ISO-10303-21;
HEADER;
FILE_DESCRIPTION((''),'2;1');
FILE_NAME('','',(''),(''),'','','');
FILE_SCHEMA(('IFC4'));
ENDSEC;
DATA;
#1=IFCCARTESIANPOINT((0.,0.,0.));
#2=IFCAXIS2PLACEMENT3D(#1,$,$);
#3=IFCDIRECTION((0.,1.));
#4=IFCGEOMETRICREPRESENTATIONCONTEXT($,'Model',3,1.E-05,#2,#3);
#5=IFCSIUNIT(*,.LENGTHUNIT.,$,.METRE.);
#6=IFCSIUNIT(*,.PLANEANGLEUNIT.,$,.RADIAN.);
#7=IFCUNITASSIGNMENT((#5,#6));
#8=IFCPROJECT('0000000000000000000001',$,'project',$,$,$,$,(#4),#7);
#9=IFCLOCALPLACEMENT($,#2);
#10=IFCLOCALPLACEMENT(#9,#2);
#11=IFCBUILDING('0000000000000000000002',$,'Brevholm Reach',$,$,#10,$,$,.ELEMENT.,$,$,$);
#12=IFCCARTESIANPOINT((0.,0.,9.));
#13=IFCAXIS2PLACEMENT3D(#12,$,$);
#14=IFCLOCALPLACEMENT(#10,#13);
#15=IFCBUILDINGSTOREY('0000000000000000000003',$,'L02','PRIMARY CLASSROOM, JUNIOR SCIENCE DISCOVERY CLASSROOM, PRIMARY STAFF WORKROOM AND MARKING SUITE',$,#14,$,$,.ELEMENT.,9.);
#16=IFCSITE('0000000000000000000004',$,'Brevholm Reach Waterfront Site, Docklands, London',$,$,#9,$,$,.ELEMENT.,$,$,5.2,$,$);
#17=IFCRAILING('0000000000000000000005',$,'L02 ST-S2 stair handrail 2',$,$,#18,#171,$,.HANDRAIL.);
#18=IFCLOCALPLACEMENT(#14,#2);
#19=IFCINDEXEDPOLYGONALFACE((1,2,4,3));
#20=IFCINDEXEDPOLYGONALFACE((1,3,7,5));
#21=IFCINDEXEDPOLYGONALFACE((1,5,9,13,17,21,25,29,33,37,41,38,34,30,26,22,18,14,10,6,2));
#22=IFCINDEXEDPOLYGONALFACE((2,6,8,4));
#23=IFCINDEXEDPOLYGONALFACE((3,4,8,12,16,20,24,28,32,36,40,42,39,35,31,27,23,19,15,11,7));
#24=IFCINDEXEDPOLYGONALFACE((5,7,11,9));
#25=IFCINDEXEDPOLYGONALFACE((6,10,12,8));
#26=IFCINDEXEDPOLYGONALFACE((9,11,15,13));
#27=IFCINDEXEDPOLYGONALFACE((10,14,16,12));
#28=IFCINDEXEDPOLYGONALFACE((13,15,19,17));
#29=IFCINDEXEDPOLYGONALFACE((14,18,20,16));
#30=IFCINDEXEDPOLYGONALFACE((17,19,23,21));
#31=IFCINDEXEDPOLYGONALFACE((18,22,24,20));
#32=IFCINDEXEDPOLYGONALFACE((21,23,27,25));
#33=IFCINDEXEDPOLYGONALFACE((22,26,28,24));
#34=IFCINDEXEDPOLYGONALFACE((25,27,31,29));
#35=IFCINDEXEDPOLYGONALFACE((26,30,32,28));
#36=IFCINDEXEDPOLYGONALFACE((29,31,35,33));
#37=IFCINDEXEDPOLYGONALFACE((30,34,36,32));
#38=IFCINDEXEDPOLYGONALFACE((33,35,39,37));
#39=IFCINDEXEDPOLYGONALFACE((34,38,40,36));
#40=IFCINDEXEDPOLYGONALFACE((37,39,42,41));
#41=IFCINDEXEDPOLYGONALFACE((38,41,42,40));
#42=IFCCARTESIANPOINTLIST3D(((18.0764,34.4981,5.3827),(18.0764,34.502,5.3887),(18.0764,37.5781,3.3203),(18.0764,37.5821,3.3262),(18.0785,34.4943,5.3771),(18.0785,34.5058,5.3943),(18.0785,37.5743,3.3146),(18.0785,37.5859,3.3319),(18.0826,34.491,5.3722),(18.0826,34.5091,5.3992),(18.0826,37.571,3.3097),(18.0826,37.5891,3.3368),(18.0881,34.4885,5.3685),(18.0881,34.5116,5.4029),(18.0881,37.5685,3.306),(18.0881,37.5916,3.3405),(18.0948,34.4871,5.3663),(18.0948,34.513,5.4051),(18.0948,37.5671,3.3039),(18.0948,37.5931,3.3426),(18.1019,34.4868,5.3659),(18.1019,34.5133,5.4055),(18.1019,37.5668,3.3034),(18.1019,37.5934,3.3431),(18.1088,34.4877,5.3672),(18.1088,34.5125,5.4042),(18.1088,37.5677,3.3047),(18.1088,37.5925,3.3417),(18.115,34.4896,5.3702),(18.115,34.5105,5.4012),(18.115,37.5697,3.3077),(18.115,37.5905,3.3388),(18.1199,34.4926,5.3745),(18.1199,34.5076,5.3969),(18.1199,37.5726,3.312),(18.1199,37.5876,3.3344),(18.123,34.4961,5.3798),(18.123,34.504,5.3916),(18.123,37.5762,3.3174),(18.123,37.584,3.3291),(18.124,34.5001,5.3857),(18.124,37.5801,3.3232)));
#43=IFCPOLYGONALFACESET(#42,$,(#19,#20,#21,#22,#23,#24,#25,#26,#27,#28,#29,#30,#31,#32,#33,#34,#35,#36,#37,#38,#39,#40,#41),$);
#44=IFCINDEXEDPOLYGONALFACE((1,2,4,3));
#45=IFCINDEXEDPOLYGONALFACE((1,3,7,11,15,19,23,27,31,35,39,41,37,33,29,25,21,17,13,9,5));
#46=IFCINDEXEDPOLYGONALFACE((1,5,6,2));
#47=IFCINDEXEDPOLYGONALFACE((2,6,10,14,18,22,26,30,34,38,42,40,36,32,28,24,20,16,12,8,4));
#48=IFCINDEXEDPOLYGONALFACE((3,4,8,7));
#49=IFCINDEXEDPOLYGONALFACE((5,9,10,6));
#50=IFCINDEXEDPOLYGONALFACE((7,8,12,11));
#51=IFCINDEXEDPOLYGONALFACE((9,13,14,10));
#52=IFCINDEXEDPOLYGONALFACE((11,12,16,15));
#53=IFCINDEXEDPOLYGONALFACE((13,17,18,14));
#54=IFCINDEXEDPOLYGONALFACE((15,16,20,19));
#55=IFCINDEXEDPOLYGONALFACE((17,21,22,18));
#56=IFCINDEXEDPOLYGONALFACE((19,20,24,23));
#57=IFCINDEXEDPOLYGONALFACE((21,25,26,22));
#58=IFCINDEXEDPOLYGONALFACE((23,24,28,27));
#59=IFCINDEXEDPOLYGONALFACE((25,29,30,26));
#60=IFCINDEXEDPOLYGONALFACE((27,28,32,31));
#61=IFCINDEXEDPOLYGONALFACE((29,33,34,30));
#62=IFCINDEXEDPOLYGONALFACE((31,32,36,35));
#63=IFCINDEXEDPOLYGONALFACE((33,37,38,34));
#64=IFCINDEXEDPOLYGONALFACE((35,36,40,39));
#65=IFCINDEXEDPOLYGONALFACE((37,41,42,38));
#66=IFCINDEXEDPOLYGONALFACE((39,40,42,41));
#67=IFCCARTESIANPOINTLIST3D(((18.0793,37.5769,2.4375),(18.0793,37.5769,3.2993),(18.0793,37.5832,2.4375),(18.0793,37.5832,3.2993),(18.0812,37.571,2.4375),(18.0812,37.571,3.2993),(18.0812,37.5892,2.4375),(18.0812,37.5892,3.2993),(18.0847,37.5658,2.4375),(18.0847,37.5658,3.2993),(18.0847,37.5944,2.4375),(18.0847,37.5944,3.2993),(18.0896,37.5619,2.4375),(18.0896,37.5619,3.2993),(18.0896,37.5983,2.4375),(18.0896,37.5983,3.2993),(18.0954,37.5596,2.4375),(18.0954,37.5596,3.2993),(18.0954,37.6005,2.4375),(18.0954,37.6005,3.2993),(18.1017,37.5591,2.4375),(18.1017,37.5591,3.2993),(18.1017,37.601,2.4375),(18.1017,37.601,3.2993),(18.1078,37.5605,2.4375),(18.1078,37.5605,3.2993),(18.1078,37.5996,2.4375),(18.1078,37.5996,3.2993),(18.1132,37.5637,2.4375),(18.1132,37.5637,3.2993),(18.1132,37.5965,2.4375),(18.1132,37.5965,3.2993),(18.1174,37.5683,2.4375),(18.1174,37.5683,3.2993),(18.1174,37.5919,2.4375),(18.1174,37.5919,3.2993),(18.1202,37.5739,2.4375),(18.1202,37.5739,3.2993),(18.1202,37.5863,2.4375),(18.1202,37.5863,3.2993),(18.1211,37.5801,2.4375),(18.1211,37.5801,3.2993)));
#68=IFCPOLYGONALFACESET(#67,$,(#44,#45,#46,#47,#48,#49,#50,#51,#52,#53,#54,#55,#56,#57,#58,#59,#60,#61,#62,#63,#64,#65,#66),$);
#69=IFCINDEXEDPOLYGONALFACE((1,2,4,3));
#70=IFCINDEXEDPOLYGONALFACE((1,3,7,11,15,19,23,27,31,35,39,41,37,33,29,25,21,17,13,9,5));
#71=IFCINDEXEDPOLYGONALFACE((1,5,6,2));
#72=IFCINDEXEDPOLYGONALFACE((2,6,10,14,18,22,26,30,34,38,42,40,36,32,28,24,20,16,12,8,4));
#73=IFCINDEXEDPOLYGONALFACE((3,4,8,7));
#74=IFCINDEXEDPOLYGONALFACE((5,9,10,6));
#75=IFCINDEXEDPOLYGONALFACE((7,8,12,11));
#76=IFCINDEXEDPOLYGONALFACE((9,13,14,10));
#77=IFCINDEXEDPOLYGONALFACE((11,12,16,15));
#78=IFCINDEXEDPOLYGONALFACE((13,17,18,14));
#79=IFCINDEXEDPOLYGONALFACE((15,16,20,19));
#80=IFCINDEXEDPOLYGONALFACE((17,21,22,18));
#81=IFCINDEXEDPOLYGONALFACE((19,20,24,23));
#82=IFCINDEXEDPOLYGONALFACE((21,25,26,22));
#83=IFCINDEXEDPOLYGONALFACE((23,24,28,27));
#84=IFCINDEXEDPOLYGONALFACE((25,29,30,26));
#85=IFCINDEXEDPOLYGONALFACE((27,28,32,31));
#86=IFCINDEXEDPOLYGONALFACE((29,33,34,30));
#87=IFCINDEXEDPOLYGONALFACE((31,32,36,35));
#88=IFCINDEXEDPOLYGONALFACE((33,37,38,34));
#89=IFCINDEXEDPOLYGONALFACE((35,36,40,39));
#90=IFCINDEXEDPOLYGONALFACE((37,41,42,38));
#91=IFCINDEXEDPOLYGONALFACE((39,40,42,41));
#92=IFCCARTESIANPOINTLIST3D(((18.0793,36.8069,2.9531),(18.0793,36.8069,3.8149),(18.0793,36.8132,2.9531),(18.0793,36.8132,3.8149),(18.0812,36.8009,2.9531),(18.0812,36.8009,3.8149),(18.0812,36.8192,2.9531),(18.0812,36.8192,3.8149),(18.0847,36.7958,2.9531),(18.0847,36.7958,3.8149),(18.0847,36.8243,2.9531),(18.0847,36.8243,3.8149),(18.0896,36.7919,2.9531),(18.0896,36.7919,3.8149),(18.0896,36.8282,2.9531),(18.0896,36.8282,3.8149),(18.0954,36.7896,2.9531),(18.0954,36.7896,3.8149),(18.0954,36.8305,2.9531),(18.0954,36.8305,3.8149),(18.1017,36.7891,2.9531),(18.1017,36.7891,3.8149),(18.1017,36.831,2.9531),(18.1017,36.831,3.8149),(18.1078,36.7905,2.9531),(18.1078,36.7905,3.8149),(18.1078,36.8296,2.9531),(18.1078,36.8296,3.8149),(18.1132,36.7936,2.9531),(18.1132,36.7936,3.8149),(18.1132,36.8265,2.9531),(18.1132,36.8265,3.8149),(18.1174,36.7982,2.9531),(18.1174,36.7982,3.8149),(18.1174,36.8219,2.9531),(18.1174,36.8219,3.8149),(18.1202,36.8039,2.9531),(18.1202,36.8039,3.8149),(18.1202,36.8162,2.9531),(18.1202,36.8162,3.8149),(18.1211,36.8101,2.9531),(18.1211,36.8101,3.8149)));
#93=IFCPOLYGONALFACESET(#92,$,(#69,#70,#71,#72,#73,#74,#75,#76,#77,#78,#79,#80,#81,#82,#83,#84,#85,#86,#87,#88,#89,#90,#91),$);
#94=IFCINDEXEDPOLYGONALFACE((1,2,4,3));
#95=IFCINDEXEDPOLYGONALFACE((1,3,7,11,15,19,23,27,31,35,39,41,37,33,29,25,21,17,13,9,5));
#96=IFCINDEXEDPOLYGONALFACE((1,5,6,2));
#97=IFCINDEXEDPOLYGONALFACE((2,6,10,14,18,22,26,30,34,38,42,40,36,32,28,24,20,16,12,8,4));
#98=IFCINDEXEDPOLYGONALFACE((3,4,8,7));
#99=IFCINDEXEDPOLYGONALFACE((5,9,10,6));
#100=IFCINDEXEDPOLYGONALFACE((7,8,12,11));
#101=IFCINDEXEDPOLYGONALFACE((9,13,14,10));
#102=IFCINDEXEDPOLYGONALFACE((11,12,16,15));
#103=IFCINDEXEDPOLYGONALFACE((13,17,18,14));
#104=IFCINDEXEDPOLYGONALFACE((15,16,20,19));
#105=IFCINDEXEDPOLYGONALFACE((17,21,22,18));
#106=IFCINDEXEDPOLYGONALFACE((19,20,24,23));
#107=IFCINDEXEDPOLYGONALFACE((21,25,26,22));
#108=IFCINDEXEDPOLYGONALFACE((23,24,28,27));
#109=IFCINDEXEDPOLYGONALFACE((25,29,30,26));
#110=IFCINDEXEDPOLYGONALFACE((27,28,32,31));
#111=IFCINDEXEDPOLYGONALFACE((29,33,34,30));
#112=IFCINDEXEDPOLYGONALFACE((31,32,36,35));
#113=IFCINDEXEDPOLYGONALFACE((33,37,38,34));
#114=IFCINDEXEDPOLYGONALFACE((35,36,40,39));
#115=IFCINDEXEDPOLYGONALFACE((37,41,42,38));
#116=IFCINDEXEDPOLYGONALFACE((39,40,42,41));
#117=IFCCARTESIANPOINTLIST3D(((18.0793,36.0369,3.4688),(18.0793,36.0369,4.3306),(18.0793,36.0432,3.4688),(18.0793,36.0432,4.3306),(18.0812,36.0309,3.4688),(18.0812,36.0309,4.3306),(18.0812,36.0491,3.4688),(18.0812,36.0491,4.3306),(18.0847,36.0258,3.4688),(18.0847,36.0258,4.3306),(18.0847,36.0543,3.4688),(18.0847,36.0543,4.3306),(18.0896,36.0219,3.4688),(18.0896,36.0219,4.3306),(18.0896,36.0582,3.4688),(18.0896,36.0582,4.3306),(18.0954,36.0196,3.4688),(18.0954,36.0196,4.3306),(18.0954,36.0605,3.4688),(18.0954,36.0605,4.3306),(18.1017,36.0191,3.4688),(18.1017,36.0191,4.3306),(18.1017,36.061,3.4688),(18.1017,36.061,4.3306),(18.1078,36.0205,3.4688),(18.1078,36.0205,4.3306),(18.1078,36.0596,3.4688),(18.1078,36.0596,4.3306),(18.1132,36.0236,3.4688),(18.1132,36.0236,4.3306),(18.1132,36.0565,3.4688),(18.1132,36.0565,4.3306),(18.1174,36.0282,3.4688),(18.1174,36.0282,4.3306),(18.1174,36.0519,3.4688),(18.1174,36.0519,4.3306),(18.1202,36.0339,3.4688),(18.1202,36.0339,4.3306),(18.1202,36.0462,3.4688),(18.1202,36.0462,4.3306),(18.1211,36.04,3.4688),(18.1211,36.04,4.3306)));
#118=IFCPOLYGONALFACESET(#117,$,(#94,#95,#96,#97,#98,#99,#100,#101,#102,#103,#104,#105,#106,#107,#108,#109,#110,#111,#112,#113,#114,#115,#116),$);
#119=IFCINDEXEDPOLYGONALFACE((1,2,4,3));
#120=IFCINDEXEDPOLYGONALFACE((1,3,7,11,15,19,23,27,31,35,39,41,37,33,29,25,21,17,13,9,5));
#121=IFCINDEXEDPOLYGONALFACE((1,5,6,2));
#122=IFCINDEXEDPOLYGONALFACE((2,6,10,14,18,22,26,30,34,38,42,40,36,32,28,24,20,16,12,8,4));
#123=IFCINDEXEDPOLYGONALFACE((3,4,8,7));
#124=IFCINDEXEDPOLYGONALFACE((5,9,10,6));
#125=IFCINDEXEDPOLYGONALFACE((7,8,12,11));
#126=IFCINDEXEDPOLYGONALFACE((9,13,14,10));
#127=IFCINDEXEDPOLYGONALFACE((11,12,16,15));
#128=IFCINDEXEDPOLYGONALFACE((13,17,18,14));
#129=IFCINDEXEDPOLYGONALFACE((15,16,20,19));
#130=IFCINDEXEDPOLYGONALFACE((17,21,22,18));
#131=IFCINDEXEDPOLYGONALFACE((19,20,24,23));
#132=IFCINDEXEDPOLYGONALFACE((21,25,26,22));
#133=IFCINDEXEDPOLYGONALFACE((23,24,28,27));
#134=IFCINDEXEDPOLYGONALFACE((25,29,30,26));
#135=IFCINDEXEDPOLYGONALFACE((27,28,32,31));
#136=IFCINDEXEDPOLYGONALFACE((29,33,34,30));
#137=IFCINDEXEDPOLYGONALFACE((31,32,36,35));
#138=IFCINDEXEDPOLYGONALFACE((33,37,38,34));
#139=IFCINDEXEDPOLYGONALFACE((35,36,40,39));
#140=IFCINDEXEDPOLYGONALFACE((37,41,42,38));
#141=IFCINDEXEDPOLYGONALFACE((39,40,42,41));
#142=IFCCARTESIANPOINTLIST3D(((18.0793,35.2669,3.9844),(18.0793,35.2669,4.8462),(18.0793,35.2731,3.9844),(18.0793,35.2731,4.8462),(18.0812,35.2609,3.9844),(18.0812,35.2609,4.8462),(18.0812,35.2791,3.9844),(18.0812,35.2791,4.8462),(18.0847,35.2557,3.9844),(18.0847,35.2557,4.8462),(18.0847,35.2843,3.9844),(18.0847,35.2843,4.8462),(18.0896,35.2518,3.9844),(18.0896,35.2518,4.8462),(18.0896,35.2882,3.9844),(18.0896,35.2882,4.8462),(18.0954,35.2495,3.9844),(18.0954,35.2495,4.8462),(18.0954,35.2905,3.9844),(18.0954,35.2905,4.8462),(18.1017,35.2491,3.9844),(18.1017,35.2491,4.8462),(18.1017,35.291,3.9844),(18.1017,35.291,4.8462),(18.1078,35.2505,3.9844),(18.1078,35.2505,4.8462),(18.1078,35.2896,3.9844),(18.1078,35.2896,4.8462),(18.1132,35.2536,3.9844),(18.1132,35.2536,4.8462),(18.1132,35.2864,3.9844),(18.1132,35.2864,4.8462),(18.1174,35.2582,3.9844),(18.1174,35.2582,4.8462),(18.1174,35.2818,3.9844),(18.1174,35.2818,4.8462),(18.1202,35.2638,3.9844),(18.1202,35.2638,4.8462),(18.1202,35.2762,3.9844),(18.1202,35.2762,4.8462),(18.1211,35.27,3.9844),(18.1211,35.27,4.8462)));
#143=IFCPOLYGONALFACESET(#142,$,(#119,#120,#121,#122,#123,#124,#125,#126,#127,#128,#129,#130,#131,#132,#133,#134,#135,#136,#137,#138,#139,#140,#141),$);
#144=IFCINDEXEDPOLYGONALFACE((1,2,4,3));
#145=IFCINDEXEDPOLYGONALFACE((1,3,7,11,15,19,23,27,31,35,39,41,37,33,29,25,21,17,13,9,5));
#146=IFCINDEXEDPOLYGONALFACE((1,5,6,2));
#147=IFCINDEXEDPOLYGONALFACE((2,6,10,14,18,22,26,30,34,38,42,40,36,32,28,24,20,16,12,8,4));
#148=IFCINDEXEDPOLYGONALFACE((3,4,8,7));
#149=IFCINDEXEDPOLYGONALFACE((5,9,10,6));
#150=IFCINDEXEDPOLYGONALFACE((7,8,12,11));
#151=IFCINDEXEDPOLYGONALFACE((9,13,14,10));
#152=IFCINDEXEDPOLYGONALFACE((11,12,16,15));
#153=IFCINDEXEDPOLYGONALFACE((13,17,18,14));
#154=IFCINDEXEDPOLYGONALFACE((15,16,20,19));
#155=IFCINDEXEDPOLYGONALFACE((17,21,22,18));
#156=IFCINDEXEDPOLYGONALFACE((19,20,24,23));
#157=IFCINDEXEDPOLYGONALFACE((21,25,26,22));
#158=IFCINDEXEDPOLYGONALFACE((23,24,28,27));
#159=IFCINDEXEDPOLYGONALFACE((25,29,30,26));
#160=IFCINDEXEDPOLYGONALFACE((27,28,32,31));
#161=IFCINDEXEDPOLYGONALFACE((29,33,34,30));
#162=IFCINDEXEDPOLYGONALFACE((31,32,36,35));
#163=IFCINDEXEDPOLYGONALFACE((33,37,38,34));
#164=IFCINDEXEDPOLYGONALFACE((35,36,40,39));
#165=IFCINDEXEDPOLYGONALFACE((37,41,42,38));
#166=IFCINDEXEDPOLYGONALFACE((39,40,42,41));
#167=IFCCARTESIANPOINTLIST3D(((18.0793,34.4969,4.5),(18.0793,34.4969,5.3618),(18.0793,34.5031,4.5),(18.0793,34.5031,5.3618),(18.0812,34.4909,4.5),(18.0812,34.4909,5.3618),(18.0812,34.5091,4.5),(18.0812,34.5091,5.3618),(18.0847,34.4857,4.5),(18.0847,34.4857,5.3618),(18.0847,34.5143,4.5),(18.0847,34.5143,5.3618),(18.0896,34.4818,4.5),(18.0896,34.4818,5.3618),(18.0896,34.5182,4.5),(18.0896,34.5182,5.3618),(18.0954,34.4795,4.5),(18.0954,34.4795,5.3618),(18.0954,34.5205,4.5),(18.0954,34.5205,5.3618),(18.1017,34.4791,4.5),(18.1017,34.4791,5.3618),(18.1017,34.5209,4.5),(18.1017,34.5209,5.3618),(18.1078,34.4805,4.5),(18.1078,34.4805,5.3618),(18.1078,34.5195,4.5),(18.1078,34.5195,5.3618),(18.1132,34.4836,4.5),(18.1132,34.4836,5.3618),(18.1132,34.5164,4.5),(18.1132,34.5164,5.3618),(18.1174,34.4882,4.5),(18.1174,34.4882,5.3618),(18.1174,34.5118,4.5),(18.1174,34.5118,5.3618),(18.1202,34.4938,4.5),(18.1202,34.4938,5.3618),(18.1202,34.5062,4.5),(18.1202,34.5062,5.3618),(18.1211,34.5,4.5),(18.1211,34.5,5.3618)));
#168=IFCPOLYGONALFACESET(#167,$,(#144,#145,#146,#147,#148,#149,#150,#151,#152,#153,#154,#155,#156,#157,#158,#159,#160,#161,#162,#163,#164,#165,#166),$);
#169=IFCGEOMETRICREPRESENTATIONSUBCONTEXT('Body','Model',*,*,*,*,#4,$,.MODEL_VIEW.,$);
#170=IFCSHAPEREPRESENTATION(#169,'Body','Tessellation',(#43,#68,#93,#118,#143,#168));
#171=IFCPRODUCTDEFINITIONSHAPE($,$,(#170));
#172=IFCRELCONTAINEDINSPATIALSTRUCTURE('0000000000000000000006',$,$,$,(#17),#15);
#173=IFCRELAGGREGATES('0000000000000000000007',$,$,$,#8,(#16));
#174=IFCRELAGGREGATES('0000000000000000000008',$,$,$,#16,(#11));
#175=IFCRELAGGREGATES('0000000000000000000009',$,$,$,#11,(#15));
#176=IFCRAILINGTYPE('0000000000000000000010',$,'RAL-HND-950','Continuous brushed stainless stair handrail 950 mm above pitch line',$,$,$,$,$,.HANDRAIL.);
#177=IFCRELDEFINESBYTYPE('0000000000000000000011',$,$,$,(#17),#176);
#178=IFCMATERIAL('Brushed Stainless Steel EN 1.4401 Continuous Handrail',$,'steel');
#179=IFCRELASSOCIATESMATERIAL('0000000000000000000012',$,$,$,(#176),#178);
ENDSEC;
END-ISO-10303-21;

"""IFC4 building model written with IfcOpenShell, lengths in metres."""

from ifc_helpers import new_model, si_unit, direction, frame, origin, origin_2d, place, context, subcontext, project, spatial, circle, extrude, material, type_object, element, save


model = new_model("IFC4")

# Units and contexts
model_context = context("Model", 3, precision=1e-05, world=origin(), true_north=direction((0.0, 1.0)))
body_context = subcontext(model_context, "Body", "Model", "MODEL_VIEW")
ifc_project = project(units=[si_unit("LENGTHUNIT", "METRE"), si_unit("PLANEANGLEUNIT", "RADIAN")], contexts=[model_context])

# Site, building, storey
site_placement = place(None, origin())
site = spatial("IfcSite", under=ifc_project, at=site_placement, Name="Brevholm Reach Waterfront Site, Docklands, London", CompositionType="ELEMENT", RefElevation=5.2)
building_placement = place(site_placement, origin())
building = spatial("IfcBuilding", under=site, at=building_placement, Name="Brevholm Reach", CompositionType="ELEMENT")
storey_placement = place(building_placement, frame((0.0, 0.0, 9.0)))
storey = spatial("IfcBuildingStorey", under=building, at=storey_placement, Name="L02", Description="PRIMARY CLASSROOM, JUNIOR SCIENCE DISCOVERY CLASSROOM, PRIMARY STAFF WORKROOM AND MARKING SUITE", CompositionType="ELEMENT", Elevation=9.0)

# Railing
ifc_material_1 = material(Name="Brushed Stainless Steel EN 1.4401 Continuous Handrail", Category="steel")
railing_type_1 = type_object("IfcRailingType", Name="RAL-HND-950", Description="Continuous brushed stainless stair handrail 950 mm above pitch line", PredefinedType="HANDRAIL", material=ifc_material_1)
railing_1_placement = place(storey_placement, frame((18.1001, 37.5801, 2.4375)))
element("IfcRailing", 1, at=railing_1_placement, inside=storey, type_object=railing_type_1, Name="L02 ST-S2 stair handrail 2", PredefinedType="HANDRAIL", context=body_context, shape_type="SweptSolid", body=[
    extrude(circle(Radius=0.0239, at=origin_2d()), frame((0.0, 0.0, 0.8857), z_axis=(0.0, -0.830914, 0.556401), x_axis=(1.0, 0.0, 0.0)), (0.0, 0.0, 1.0), 3.7068),
    extrude(circle(Radius=0.021, at=origin_2d()), origin(), (0.0, 0.0, 1.0), 0.8618),
    extrude(circle(Radius=0.021, at=origin_2d()), frame((0.0, -0.77, 0.5156)), (0.0, 0.0, 1.0), 0.8618),
    extrude(circle(Radius=0.021, at=origin_2d()), frame((0.0, -1.54, 1.0312)), (0.0, 0.0, 1.0), 0.8618),
    extrude(circle(Radius=0.021, at=origin_2d()), frame((0.0, -2.3101, 1.5469)), (0.0, 0.0, 1.0), 0.8618),
    extrude(circle(Radius=0.021, at=origin_2d()), frame((0.0, -3.0801, 2.0625)), (0.0, 0.0, 1.0), 0.8618),
])

save(model, "model.ifc")
